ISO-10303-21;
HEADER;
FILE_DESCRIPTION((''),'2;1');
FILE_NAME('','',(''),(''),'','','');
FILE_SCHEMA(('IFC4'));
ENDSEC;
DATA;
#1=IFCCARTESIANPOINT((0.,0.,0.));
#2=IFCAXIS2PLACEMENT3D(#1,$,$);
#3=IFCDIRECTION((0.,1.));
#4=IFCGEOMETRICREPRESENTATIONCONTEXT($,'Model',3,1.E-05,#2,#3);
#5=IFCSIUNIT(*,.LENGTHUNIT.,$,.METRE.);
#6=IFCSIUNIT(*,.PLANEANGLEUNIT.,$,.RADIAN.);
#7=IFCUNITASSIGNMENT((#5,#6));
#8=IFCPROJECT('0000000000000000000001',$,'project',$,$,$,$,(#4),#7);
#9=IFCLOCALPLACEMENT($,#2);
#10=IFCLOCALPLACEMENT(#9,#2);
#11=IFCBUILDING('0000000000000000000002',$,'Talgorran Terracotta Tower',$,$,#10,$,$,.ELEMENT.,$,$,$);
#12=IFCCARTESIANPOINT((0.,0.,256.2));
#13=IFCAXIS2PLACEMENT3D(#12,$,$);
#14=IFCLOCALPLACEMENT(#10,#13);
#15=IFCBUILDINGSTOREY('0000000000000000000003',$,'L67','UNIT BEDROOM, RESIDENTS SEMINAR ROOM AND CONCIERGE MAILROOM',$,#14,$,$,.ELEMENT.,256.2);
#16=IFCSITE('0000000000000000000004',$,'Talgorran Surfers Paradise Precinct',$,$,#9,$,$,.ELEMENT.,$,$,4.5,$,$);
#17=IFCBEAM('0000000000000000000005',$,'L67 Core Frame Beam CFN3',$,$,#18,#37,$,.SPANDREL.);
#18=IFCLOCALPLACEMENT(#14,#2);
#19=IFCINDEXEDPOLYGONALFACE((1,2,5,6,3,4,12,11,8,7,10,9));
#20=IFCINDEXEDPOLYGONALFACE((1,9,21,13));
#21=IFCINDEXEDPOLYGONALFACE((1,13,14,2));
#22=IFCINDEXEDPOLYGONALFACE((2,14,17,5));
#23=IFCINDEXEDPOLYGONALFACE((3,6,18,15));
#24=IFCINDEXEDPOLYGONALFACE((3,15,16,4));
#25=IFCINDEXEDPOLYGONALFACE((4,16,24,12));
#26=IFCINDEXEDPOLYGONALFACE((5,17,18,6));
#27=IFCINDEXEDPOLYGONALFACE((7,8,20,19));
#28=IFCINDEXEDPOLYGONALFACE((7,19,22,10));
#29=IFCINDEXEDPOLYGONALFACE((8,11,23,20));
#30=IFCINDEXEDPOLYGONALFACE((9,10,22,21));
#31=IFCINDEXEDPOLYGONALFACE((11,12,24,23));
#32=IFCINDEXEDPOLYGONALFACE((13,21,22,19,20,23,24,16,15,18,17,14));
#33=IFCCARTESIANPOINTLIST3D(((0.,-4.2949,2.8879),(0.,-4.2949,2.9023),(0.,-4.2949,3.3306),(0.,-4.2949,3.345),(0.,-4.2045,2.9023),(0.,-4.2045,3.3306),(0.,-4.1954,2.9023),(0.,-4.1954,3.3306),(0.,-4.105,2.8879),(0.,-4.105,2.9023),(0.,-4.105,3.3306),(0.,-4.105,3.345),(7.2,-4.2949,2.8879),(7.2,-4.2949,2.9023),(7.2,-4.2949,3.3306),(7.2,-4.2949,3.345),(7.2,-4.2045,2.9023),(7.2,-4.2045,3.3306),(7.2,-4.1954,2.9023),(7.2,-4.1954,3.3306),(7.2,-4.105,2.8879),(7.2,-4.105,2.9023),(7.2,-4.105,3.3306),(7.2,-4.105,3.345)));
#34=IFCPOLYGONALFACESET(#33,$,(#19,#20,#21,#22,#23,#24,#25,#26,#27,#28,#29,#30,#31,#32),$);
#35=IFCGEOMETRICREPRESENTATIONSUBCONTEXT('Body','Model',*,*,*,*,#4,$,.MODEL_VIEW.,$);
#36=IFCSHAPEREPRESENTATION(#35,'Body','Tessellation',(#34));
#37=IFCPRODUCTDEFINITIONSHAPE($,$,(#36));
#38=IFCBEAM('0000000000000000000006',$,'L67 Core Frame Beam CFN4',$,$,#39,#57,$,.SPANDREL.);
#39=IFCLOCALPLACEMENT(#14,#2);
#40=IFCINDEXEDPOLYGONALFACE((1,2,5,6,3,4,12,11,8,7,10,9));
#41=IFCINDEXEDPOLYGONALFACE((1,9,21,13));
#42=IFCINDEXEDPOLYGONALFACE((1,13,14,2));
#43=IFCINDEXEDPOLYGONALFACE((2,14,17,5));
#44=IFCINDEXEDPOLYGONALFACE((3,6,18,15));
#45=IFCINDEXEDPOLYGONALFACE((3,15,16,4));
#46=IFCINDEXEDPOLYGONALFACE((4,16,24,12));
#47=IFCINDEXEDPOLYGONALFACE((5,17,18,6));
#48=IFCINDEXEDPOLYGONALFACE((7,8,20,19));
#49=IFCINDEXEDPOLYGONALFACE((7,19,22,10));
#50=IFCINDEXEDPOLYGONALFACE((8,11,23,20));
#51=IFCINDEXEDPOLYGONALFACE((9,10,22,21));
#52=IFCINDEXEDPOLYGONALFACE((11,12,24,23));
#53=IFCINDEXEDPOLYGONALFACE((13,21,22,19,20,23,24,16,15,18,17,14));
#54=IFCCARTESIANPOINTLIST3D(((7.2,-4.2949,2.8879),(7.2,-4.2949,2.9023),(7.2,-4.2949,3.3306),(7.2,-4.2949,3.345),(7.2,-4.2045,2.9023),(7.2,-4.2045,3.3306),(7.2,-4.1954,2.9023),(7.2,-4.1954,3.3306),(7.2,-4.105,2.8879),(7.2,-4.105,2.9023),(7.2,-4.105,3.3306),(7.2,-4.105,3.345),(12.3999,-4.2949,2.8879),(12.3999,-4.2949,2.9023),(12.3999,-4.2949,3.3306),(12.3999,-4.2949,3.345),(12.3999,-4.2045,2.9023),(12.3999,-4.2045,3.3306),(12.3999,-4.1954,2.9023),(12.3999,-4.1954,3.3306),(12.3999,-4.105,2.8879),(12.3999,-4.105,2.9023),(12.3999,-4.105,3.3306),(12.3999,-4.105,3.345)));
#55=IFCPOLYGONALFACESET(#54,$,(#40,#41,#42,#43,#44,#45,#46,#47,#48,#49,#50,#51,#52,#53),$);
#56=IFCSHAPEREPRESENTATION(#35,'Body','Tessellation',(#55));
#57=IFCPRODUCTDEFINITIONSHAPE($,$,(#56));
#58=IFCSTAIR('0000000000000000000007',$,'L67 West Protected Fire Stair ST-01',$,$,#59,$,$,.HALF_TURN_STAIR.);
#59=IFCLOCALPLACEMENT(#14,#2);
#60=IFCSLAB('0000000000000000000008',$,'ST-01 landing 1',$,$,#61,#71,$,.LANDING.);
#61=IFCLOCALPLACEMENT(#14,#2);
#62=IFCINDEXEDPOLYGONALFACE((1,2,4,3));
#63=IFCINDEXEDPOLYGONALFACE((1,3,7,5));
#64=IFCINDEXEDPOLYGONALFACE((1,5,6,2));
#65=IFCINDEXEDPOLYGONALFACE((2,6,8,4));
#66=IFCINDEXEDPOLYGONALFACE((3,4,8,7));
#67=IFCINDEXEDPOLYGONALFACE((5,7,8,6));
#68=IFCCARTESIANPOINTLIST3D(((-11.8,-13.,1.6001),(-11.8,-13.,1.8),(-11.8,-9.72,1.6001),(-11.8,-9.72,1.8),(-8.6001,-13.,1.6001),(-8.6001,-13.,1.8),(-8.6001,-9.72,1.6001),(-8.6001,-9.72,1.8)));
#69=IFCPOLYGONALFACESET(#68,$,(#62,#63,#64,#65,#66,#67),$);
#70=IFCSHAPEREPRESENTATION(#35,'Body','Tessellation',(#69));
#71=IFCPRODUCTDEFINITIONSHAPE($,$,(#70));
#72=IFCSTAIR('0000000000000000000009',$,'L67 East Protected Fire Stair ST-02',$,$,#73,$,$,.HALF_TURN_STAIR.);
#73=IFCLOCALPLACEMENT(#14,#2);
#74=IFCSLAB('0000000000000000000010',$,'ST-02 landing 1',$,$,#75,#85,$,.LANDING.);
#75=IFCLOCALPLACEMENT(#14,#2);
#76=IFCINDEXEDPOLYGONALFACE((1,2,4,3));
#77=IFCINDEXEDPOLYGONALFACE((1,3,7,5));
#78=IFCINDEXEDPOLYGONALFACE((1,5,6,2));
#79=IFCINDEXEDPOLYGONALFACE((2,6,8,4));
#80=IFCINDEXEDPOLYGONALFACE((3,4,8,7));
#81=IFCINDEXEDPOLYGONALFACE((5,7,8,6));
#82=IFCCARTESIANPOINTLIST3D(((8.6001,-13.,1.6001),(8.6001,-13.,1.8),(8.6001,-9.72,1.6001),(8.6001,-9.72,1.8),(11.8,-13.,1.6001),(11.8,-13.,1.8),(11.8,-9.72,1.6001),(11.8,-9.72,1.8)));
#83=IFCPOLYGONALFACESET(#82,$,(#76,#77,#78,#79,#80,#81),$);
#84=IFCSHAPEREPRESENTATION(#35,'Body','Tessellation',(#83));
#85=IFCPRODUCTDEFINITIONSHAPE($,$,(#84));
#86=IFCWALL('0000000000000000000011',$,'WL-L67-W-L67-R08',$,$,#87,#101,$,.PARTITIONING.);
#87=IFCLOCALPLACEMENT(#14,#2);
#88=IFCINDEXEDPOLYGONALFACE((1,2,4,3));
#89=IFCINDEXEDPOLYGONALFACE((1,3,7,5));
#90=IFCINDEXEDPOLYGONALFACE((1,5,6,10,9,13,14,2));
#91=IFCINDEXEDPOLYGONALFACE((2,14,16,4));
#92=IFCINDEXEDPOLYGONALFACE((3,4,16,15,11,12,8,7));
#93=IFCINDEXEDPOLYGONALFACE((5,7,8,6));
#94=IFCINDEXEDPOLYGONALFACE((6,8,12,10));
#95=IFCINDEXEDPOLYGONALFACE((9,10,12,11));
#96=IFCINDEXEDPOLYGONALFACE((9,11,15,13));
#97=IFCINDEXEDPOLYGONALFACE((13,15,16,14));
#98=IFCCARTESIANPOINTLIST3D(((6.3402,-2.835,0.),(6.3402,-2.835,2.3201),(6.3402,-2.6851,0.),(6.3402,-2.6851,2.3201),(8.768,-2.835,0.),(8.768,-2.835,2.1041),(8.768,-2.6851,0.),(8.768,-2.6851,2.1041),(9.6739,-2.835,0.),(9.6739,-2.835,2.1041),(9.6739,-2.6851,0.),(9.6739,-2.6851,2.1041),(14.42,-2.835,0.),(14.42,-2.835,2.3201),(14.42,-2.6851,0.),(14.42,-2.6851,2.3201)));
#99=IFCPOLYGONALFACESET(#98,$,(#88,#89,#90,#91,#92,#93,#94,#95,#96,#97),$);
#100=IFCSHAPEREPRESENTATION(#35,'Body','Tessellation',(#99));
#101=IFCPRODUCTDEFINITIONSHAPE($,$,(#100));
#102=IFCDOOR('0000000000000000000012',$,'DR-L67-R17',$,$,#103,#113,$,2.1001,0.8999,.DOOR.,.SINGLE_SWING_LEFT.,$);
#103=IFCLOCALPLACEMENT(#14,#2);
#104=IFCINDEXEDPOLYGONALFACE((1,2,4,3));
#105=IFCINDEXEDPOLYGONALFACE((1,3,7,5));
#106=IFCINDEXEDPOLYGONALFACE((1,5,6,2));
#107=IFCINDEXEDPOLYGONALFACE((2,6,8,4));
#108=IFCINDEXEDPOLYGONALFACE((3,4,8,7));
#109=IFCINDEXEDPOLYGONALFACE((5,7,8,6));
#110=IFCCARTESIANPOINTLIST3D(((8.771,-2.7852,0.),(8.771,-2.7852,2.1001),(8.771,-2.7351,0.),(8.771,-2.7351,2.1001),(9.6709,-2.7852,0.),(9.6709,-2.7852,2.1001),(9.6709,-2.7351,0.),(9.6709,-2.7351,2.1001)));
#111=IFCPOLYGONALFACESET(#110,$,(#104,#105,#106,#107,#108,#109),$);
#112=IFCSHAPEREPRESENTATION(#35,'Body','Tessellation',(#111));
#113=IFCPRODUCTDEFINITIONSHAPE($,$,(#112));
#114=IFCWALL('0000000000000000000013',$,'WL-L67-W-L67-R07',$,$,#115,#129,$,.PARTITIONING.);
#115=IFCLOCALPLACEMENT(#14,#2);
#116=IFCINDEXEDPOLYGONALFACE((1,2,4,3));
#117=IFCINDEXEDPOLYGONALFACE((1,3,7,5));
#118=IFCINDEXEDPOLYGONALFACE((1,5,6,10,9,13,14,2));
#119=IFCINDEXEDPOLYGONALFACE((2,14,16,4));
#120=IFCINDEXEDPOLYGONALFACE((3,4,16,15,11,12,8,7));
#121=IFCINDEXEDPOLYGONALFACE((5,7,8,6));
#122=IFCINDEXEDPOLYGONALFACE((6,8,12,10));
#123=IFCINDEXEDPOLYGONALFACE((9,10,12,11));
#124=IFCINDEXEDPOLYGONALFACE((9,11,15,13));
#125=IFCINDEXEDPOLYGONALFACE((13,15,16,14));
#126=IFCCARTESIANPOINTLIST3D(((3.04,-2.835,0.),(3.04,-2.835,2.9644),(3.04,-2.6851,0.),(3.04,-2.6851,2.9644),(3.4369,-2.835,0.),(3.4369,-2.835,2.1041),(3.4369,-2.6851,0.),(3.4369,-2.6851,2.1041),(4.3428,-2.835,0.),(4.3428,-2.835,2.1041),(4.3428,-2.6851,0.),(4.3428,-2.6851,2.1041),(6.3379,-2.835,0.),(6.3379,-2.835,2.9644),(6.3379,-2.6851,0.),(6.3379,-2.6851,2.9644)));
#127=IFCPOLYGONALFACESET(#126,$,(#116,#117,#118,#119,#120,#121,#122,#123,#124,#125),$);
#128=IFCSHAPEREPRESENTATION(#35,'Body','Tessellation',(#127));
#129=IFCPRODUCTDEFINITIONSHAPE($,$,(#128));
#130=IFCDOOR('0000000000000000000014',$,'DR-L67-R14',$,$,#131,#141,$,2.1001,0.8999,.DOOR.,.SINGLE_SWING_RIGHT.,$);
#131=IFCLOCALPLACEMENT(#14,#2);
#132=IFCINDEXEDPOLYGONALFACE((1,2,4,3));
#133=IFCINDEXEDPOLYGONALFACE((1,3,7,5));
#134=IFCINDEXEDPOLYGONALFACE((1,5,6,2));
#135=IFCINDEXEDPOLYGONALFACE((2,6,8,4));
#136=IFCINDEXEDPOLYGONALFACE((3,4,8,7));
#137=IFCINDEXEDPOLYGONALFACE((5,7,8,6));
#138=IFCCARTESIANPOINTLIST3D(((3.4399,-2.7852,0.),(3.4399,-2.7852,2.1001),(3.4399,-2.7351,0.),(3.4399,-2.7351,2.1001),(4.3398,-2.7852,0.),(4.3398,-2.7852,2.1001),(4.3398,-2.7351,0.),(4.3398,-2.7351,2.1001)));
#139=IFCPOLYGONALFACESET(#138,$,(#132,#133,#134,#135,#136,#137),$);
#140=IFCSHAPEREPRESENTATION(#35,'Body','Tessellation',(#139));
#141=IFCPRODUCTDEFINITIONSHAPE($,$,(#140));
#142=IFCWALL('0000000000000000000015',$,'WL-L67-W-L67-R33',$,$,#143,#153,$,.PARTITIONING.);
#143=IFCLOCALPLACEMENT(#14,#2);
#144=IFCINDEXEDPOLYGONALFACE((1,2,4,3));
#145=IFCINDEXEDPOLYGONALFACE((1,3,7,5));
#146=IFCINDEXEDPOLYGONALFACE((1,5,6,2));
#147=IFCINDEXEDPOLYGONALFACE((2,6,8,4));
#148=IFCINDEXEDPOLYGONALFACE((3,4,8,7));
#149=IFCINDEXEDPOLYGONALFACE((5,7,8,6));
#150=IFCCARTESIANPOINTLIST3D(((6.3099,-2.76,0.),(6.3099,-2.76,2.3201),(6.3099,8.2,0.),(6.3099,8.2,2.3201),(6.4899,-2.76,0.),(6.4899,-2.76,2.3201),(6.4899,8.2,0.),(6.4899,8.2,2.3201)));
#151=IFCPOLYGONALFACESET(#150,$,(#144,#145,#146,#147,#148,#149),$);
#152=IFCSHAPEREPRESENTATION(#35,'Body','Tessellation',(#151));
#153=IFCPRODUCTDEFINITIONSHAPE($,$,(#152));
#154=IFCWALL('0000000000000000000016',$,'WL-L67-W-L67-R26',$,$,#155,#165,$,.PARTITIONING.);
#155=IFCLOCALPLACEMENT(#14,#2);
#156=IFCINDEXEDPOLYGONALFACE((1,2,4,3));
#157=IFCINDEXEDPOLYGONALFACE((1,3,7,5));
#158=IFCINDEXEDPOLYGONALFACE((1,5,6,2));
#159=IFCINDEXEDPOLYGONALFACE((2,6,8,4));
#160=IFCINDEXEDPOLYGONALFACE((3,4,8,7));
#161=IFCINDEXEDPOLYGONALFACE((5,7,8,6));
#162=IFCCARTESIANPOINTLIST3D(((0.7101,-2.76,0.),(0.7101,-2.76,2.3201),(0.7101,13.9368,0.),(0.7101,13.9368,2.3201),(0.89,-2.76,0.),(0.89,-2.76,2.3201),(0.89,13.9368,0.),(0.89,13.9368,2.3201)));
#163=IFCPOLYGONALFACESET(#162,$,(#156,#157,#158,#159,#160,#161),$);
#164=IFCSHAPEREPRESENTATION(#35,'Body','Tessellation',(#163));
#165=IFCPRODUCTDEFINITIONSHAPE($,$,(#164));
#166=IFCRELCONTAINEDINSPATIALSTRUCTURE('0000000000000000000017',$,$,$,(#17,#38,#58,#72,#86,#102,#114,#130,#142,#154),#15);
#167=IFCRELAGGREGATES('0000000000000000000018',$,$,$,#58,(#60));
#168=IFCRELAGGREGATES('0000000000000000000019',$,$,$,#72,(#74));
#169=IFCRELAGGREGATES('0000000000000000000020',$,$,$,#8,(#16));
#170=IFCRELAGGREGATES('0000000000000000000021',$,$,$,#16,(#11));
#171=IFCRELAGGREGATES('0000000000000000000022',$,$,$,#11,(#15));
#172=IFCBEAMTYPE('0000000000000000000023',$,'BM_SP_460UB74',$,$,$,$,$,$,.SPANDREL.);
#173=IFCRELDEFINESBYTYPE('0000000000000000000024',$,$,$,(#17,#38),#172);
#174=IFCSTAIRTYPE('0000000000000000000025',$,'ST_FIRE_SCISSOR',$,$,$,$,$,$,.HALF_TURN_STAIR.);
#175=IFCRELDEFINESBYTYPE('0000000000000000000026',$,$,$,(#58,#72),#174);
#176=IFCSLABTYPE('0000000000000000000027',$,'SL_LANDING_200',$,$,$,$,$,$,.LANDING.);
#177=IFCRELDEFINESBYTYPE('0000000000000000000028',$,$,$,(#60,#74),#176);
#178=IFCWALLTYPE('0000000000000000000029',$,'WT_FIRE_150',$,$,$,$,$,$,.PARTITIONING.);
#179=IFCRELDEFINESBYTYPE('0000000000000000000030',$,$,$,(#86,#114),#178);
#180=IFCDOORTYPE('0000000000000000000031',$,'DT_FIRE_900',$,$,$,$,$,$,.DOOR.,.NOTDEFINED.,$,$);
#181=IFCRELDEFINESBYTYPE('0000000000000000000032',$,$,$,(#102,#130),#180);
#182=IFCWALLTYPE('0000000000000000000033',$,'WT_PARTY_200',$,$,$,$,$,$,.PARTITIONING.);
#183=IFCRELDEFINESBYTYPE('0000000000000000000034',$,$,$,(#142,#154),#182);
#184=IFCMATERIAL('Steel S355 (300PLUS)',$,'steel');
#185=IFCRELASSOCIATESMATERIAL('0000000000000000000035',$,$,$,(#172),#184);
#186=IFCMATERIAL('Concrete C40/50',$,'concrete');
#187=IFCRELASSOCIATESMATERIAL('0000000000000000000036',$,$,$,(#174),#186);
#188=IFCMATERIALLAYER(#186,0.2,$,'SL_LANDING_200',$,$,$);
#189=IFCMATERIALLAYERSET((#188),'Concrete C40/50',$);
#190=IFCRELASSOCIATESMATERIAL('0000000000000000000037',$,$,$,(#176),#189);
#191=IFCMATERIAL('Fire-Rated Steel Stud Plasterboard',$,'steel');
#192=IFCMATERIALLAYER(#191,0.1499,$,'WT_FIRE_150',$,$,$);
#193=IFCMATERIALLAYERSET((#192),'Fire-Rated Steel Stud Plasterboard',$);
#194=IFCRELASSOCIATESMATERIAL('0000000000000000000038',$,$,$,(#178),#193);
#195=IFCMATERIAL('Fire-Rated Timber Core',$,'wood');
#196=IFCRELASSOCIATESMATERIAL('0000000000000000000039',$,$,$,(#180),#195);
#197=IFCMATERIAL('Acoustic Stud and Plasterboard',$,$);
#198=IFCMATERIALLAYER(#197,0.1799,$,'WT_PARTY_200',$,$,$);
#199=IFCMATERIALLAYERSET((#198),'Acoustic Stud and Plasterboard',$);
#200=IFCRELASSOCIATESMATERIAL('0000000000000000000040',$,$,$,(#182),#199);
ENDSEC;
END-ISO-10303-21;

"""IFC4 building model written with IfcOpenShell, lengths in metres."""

from ifc_helpers import new_model, si_unit, direction, frame, frame_2d, origin, origin_2d, place, context, subcontext, project, spatial, polyline, rectangle, i_section, outline, extrude, material, layer, layer_set, material_profile, profile_set, type_object, element, fill, aggregate, save


model = new_model("IFC4")

# Units and contexts
model_context = context("Model", 3, precision=1e-05, world=origin(), true_north=direction((0.0, 1.0)))
body_context = subcontext(model_context, "Body", "Model", "MODEL_VIEW")
ifc_project = project(units=[si_unit("LENGTHUNIT", "METRE"), si_unit("PLANEANGLEUNIT", "RADIAN")], contexts=[model_context])

# Site, building, storey
site_placement = place(None, origin())
site = spatial("IfcSite", under=ifc_project, at=site_placement, Name="Talgorran Surfers Paradise Precinct", CompositionType="ELEMENT", RefElevation=4.5)
building_placement = place(site_placement, origin())
building = spatial("IfcBuilding", under=site, at=building_placement, Name="Talgorran Terracotta Tower", CompositionType="ELEMENT")
storey_placement = place(building_placement, frame((0.0, 0.0, 256.2)))
storey = spatial("IfcBuildingStorey", under=building, at=storey_placement, Name="L67", Description="UNIT BEDROOM, RESIDENTS SEMINAR ROOM AND CONCIERGE MAILROOM", CompositionType="ELEMENT", Elevation=256.2)

# Shared definitions
ifc_material_1 = material(Name="Steel S355 (300PLUS)", Category="steel")

# Beams
ifc_material_profile_1 = material_profile(ifc_material_1, i_section(OverallWidth=0.1899, OverallDepth=0.457, WebThickness=0.009, FlangeThickness=0.0144, at=origin_2d()), Name="460UB74.6")
ifc_profile_set_1 = profile_set([ifc_material_profile_1], Name="Steel S355 (300PLUS)")
beam_type_1 = type_object("IfcBeamType", Name="BM_SP_460UB74", PredefinedType="SPANDREL", material=ifc_profile_set_1)
beam_1_placement = place(storey_placement, frame((0.0, -4.2, 3.1165), z_axis=(1.0, 0.0, 0.0), x_axis=(0.0, 1.0, 0.0)))
element("IfcBeam", 1, at=beam_1_placement, inside=storey, type_object=beam_type_1, Name="L67 Core Frame Beam CFN3", PredefinedType="SPANDREL", context=body_context, shape_type="SweptSolid", body=[
    extrude(i_section(OverallWidth=0.1899, OverallDepth=0.457, WebThickness=0.009, FlangeThickness=0.0144, at=origin_2d()), origin(), (0.0, 0.0, 1.0), 7.2),
])
beam_2_placement = place(storey_placement, frame((7.2, -4.2, 3.1165), z_axis=(1.0, 0.0, 0.0), x_axis=(0.0, 1.0, 0.0)))
element("IfcBeam", 2, at=beam_2_placement, inside=storey, type_object=beam_type_1, Name="L67 Core Frame Beam CFN4", PredefinedType="SPANDREL", context=body_context, shape_type="SweptSolid", body=[
    extrude(i_section(OverallWidth=0.1899, OverallDepth=0.457, WebThickness=0.009, FlangeThickness=0.0144, at=origin_2d()), origin(), (0.0, 0.0, 1.0), 5.2),
])

# Stairs, slabs
ifc_material_2 = material(Name="Concrete C40/50", Category="concrete")
stair_type = type_object("IfcStairType", Name="ST_FIRE_SCISSOR", PredefinedType="HALF_TURN_STAIR", material=ifc_material_2)
stair_1_placement = place(storey_placement, origin())
stair_1 = element("IfcStair", 3, at=stair_1_placement, inside=storey, type_object=stair_type, Name="L67 West Protected Fire Stair ST-01", PredefinedType="HALF_TURN_STAIR")
ifc_layer_1 = layer(ifc_material_2, 0.2, Name="SL_LANDING_200")
ifc_layer_set_1 = layer_set([ifc_layer_1], Name="Concrete C40/50")
slab_type = type_object("IfcSlabType", Name="SL_LANDING_200", PredefinedType="LANDING", material=ifc_layer_set_1)
slab_1_placement = place(storey_placement, frame((0.0, 0.0, 1.6001)))
slab_1 = element("IfcSlab", 4, at=slab_1_placement, type_object=slab_type, Name="ST-01 landing 1", PredefinedType="LANDING", context=body_context, shape_type="SweptSolid", body=[
    extrude(outline(polyline([(-11.8, -9.72), (-11.8, -13.0), (-8.6001, -13.0), (-8.6001, -9.72), (-11.8, -9.72)])), origin(), (0.0, 0.0, 1.0), 0.2),
])
aggregate(stair_1, [slab_1])
stair_2_placement = place(storey_placement, origin())
stair_2 = element("IfcStair", 5, at=stair_2_placement, inside=storey, type_object=stair_type, Name="L67 East Protected Fire Stair ST-02", PredefinedType="HALF_TURN_STAIR")
slab_2_placement = place(storey_placement, frame((0.0, 0.0, 1.6001)))
slab_2 = element("IfcSlab", 6, at=slab_2_placement, type_object=slab_type, Name="ST-02 landing 1", PredefinedType="LANDING", context=body_context, shape_type="SweptSolid", body=[
    extrude(outline(polyline([(8.6001, -9.72), (8.6001, -13.0), (11.8, -13.0), (11.8, -9.72), (8.6001, -9.72)])), origin(), (0.0, 0.0, 1.0), 0.2),
])
aggregate(stair_2, [slab_2])

# Walls, openings, doors
ifc_material_3 = material(Name="Fire-Rated Steel Stud Plasterboard", Category="steel")
ifc_layer_2 = layer(ifc_material_3, 0.1499, Name="WT_FIRE_150")
ifc_layer_set_2 = layer_set([ifc_layer_2], Name="Fire-Rated Steel Stud Plasterboard")
wall_type_1 = type_object("IfcWallType", Name="WT_FIRE_150", PredefinedType="PARTITIONING", material=ifc_layer_set_2)
wall_1_placement = place(storey_placement, frame((6.3401, -2.76, 0.0), z_axis=(0.0, 0.0, 1.0), x_axis=(1.0, 0.0, 0.0)))
wall_1 = element("IfcWall", 7, at=wall_1_placement, inside=storey, type_object=wall_type_1, Name="WL-L67-W-L67-R08", PredefinedType="PARTITIONING", context=body_context, shape_type="SweptSolid", body=[
    extrude(rectangle(XDim=8.0798, YDim=0.1499, at=frame_2d((4.04, 0.0))), origin(), (0.0, 0.0, 1.0), 2.3201),
])
opening_1_placement = place(wall_1_placement, frame((2.4309, 0.0, 0.0)))
opening_1 = element("IfcOpeningElement", 8, at=opening_1_placement, cuts=wall_1, PredefinedType="OPENING", context=body_context, shape_type="SweptSolid", body=[
    extrude(rectangle(XDim=0.9059, YDim=2.1041, at=frame_2d((0.45, 1.052))), frame((0.0, 0.085, 0.0), z_axis=(0.0, -1.0, 0.0), x_axis=(1.0, 0.0, 0.0)), (0.0, 0.0, 1.0), 0.1699),
])
ifc_material_4 = material(Name="Fire-Rated Timber Core", Category="wood")
door_type_1 = type_object("IfcDoorType", Name="DT_FIRE_900", OperationType="NOTDEFINED", PredefinedType="DOOR", material=ifc_material_4)
door_1_placement = place(opening_1_placement, origin())
door_1 = element("IfcDoor", 9, at=door_1_placement, inside=storey, type_object=door_type_1, Name="DR-L67-R17", OperationType="SINGLE_SWING_LEFT", OverallHeight=2.1001, OverallWidth=0.8999, PredefinedType="DOOR", context=body_context, shape_type="SweptSolid", body=[
    extrude(rectangle(XDim=0.8999, YDim=2.1001, at=frame_2d((0.45, 1.05))), frame((0.0, 0.0249, 0.0), z_axis=(0.0, -1.0, 0.0), x_axis=(1.0, 0.0, 0.0)), (0.0, 0.0, 1.0), 0.05),
])
fill(opening_1, door_1)
wall_2_placement = place(storey_placement, frame((3.04, -2.76, 0.0), z_axis=(0.0, 0.0, 1.0), x_axis=(1.0, 0.0, 0.0)))
wall_2 = element("IfcWall", 10, at=wall_2_placement, inside=storey, type_object=wall_type_1, Name="WL-L67-W-L67-R07", PredefinedType="PARTITIONING", context=body_context, shape_type="SweptSolid", body=[
    extrude(rectangle(XDim=3.2979, YDim=0.1499, at=frame_2d((1.6489, 0.0))), origin(), (0.0, 0.0, 1.0), 2.9644),
])
opening_2_placement = place(wall_2_placement, frame((0.3999, 0.0, 0.0)))
opening_2 = element("IfcOpeningElement", 11, at=opening_2_placement, cuts=wall_2, PredefinedType="OPENING", context=body_context, shape_type="SweptSolid", body=[
    extrude(rectangle(XDim=0.9059, YDim=2.1041, at=frame_2d((0.45, 1.052))), frame((0.0, 0.085, 0.0), z_axis=(0.0, -1.0, 0.0), x_axis=(1.0, 0.0, 0.0)), (0.0, 0.0, 1.0), 0.1699),
])
door_2_placement = place(opening_2_placement, origin())
door_2 = element("IfcDoor", 12, at=door_2_placement, inside=storey, type_object=door_type_1, Name="DR-L67-R14", OperationType="SINGLE_SWING_RIGHT", OverallHeight=2.1001, OverallWidth=0.8999, PredefinedType="DOOR", context=body_context, shape_type="SweptSolid", body=[
    extrude(rectangle(XDim=0.8999, YDim=2.1001, at=frame_2d((0.45, 1.05))), frame((0.0, 0.0249, 0.0), z_axis=(0.0, -1.0, 0.0), x_axis=(1.0, 0.0, 0.0)), (0.0, 0.0, 1.0), 0.05),
])
fill(opening_2, door_2)

# Walls
ifc_material_5 = material(Name="Acoustic Stud and Plasterboard")
ifc_layer_3 = layer(ifc_material_5, 0.1799, Name="WT_PARTY_200")
ifc_layer_set_3 = layer_set([ifc_layer_3], Name="Acoustic Stud and Plasterboard")
wall_type_2 = type_object("IfcWallType", Name="WT_PARTY_200", PredefinedType="PARTITIONING", material=ifc_layer_set_3)
wall_3_placement = place(storey_placement, frame((6.3999, -2.76, 0.0), z_axis=(0.0, 0.0, 1.0), x_axis=(0.0, 1.0, 0.0)))
element("IfcWall", 13, at=wall_3_placement, inside=storey, type_object=wall_type_2, Name="WL-L67-W-L67-R33", PredefinedType="PARTITIONING", context=body_context, shape_type="SweptSolid", body=[
    extrude(rectangle(XDim=10.96, YDim=0.1799, at=frame_2d((5.48, 0.0))), origin(), (0.0, 0.0, 1.0), 2.3201),
])
wall_4_placement = place(storey_placement, frame((0.8, -2.76, 0.0), z_axis=(0.0, 0.0, 1.0), x_axis=(0.0, 1.0, 0.0)))
element("IfcWall", 14, at=wall_4_placement, inside=storey, type_object=wall_type_2, Name="WL-L67-W-L67-R26", PredefinedType="PARTITIONING", context=body_context, shape_type="SweptSolid", body=[
    extrude(rectangle(XDim=16.6968, YDim=0.1799, at=frame_2d((8.3484, 0.0))), origin(), (0.0, 0.0, 1.0), 2.3201),
])

save(model, "model.ifc")
